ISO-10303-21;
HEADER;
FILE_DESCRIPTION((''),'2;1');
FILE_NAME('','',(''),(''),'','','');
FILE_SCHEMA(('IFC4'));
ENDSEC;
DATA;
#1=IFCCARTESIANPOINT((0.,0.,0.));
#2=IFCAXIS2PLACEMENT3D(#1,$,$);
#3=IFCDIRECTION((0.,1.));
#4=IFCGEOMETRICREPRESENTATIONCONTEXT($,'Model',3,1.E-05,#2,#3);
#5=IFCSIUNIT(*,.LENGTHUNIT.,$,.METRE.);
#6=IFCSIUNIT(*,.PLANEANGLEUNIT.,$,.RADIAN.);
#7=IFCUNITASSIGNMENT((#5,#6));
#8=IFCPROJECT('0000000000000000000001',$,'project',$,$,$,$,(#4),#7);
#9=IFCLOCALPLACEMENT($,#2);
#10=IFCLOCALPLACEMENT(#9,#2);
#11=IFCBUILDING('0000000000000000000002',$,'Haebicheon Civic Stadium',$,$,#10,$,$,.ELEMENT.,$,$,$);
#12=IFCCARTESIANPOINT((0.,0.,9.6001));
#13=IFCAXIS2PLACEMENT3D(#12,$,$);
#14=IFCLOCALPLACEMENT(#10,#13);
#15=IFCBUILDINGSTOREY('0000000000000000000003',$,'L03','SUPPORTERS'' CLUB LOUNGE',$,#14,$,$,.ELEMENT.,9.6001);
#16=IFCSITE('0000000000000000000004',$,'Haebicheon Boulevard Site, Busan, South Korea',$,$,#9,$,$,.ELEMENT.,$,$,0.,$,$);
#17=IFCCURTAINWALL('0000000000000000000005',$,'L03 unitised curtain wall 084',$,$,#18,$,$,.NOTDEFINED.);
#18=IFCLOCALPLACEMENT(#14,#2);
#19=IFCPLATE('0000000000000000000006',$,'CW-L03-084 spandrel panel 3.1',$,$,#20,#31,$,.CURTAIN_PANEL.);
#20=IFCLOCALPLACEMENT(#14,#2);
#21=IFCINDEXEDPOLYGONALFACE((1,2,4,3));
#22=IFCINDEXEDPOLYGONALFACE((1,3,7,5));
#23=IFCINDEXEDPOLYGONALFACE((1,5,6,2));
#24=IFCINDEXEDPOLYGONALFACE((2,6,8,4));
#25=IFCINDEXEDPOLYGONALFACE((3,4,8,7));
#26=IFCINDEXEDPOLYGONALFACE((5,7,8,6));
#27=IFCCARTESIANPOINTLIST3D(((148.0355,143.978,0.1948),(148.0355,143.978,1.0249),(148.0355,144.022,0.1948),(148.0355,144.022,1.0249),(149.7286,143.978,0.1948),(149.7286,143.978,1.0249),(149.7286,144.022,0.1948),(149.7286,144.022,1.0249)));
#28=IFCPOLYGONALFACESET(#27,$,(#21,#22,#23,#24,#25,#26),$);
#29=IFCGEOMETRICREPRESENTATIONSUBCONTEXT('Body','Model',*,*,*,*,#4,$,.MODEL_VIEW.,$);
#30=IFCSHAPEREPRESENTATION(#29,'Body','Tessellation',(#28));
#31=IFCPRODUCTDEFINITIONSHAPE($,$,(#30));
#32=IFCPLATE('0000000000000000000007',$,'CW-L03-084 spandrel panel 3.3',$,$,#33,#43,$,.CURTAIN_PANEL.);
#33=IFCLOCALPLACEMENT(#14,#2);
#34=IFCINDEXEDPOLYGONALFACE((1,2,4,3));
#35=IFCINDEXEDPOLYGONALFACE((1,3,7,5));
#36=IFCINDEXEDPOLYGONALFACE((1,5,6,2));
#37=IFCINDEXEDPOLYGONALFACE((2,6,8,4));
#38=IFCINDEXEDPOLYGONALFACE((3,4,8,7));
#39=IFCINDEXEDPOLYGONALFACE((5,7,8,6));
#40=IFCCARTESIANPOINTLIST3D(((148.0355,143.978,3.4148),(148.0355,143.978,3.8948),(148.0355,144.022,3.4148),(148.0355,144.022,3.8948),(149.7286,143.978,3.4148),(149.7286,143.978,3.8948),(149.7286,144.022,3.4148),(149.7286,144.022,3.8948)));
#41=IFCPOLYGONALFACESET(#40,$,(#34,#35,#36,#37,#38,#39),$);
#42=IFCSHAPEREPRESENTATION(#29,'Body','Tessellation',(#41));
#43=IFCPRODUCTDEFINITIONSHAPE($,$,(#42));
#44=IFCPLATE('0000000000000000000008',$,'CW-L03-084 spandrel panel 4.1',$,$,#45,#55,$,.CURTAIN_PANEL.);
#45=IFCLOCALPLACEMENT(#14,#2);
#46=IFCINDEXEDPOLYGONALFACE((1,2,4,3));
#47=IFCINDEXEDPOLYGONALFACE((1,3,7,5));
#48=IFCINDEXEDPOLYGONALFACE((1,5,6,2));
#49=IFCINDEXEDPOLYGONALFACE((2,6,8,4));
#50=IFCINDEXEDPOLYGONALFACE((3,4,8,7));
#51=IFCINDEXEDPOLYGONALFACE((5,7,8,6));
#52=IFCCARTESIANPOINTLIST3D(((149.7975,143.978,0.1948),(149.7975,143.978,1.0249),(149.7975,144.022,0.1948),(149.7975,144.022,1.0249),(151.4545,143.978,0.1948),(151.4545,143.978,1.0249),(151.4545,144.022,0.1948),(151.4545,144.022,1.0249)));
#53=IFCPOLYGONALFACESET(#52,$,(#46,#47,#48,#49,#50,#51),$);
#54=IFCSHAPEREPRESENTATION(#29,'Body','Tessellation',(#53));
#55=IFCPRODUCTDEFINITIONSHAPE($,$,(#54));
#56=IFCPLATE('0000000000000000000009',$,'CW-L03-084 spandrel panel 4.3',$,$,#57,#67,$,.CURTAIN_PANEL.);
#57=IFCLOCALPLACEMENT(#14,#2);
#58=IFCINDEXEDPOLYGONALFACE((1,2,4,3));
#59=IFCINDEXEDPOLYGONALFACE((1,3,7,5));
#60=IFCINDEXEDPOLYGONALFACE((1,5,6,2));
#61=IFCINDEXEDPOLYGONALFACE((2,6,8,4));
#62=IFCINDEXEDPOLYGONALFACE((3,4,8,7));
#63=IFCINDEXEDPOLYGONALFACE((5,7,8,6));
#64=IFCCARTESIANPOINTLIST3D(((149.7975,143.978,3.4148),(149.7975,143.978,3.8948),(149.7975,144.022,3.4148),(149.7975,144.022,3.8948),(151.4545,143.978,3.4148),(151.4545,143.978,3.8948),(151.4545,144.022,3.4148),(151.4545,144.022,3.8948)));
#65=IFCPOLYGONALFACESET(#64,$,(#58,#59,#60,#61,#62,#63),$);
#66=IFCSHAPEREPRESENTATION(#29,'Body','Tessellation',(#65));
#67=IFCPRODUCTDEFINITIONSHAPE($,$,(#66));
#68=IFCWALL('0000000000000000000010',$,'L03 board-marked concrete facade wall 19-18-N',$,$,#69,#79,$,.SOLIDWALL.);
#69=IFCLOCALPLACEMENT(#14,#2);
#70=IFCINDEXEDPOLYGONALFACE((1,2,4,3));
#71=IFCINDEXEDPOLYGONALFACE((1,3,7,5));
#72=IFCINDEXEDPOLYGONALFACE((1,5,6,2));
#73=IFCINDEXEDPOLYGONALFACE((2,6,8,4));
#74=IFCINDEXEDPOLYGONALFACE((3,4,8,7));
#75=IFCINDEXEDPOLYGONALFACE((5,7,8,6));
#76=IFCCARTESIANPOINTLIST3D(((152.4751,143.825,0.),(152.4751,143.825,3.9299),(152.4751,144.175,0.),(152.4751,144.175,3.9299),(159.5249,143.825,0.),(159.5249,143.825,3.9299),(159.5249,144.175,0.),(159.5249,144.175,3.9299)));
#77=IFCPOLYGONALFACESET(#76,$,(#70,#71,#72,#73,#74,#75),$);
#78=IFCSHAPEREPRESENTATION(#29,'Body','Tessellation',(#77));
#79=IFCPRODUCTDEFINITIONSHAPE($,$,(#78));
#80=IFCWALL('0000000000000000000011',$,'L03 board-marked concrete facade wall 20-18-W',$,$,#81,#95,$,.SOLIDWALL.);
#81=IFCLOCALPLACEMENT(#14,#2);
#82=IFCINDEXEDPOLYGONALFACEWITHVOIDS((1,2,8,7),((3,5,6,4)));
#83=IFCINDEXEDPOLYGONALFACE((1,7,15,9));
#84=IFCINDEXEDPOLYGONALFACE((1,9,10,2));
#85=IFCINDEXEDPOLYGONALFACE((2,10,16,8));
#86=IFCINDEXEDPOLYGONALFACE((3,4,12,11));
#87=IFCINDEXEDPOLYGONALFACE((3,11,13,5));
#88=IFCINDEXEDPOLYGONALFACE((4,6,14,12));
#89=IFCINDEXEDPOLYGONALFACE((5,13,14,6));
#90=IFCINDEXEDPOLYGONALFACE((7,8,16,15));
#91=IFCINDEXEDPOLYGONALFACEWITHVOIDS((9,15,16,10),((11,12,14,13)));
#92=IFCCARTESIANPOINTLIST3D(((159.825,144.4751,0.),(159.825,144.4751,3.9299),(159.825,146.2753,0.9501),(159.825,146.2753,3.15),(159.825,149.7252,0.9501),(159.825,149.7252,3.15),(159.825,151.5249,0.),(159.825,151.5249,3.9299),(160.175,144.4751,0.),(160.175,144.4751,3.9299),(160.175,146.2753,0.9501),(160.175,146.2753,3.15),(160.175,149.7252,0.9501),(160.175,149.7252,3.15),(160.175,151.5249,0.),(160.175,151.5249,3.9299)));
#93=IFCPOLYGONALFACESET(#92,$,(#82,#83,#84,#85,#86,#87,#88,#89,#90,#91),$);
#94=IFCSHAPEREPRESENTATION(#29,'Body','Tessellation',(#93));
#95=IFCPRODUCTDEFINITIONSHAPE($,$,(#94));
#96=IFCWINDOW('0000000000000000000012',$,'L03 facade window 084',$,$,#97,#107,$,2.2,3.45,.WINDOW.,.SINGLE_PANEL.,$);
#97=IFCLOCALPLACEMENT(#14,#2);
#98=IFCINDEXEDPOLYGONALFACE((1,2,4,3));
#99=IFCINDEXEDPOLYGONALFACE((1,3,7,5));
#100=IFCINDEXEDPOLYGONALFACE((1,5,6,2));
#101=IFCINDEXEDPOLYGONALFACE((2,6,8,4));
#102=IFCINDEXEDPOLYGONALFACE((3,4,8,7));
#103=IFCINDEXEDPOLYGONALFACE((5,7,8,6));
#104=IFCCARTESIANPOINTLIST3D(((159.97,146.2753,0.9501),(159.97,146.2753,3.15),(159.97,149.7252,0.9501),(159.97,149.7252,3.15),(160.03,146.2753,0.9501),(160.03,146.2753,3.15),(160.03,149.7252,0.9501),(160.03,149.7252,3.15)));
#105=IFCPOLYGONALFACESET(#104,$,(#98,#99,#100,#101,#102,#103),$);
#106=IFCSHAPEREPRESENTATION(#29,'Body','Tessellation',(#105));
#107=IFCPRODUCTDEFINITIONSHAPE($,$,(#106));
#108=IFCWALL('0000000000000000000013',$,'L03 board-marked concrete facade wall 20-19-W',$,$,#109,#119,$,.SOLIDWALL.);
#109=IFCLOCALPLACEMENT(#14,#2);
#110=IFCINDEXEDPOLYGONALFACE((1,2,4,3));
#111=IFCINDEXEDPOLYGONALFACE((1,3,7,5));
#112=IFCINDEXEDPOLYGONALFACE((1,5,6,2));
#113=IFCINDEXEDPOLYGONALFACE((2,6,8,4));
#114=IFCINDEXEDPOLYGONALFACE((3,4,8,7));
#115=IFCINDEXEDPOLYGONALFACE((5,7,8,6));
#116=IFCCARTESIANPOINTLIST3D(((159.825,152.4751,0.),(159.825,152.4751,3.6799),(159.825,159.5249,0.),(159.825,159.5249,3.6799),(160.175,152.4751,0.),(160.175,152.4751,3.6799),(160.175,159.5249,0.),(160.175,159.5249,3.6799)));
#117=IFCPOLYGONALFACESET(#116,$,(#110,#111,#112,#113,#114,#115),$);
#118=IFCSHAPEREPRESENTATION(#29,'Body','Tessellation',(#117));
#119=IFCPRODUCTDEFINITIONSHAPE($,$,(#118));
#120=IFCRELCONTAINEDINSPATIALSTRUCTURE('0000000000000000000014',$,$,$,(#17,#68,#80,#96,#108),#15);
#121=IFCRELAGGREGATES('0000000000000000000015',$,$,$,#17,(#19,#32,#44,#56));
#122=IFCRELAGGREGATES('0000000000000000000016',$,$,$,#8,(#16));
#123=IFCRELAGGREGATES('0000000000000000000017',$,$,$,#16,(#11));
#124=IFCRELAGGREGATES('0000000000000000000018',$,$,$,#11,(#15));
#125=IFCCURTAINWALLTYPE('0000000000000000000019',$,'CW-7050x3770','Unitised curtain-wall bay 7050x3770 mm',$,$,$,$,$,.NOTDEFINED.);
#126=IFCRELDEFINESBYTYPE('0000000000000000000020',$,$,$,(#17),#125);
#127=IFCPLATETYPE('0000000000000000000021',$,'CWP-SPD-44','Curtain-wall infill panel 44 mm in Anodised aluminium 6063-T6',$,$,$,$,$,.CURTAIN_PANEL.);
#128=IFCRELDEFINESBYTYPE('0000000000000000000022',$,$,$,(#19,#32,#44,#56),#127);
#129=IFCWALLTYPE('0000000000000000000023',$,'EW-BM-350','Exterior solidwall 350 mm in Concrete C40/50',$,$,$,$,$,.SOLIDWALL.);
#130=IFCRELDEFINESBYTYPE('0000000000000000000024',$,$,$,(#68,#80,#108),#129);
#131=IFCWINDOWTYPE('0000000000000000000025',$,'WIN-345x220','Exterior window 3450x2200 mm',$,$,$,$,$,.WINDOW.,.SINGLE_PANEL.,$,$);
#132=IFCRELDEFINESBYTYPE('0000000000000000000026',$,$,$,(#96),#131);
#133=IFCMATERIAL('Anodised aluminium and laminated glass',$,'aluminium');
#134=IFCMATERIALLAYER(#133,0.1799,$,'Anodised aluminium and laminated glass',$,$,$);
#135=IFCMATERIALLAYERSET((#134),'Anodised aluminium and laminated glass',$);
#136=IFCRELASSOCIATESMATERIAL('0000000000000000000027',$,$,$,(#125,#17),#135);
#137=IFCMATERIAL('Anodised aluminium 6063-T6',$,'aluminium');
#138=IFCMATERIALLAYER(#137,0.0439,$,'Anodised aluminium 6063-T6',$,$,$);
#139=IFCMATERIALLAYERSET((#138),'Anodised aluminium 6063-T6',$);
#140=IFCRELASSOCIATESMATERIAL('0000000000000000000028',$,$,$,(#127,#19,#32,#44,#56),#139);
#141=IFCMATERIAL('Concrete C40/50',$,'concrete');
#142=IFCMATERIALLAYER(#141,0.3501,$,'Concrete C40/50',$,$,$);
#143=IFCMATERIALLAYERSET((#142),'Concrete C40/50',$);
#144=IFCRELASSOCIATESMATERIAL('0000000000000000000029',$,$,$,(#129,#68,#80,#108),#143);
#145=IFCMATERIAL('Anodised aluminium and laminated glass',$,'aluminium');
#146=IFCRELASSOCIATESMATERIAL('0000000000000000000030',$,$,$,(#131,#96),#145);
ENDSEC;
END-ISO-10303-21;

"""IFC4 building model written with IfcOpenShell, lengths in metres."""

from ifc_helpers import new_model, si_unit, direction, frame, frame_2d, origin, origin_2d, place, context, subcontext, project, spatial, rectangle, extrude, material, layer, layer_set, type_object, element, fill, aggregate, save


model = new_model("IFC4")

# Units and contexts
model_context = context("Model", 3, precision=1e-05, world=origin(), true_north=direction((0.0, 1.0)))
body_context = subcontext(model_context, "Body", "Model", "MODEL_VIEW")
ifc_project = project(units=[si_unit("LENGTHUNIT", "METRE"), si_unit("PLANEANGLEUNIT", "RADIAN")], contexts=[model_context])

# Site, building, storey
site_placement = place(None, origin())
site = spatial("IfcSite", under=ifc_project, at=site_placement, Name="Haebicheon Boulevard Site, Busan, South Korea", CompositionType="ELEMENT", RefElevation=0.0)
building_placement = place(site_placement, origin())
building = spatial("IfcBuilding", under=site, at=building_placement, Name="Haebicheon Civic Stadium", CompositionType="ELEMENT")
storey_placement = place(building_placement, frame((0.0, 0.0, 9.6001)))
storey = spatial("IfcBuildingStorey", under=building, at=storey_placement, Name="L03", Description="SUPPORTERS' CLUB LOUNGE", CompositionType="ELEMENT", Elevation=9.6001)

# Curtain wall
ifc_material_1 = material(Name="Anodised aluminium and laminated glass", Category="aluminium")
ifc_layer_1 = layer(ifc_material_1, 0.1799, Name="Anodised aluminium and laminated glass")
ifc_layer_set_1 = layer_set([ifc_layer_1], Name="Anodised aluminium and laminated glass")
curtain_wall_type = type_object("IfcCurtainWallType", Name="CW-7050x3770", Description="Unitised curtain-wall bay 7050x3770 mm", PredefinedType="NOTDEFINED", material=ifc_layer_set_1)
curtain_wall_placement = place(storey_placement, origin())
curtain_wall = element("IfcCurtainWall", 1, at=curtain_wall_placement, inside=storey, type_object=curtain_wall_type, material=ifc_layer_set_1, Name="L03 unitised curtain wall 084", PredefinedType="NOTDEFINED")

# Plates
ifc_material_2 = material(Name="Anodised aluminium 6063-T6", Category="aluminium")
ifc_layer_2 = layer(ifc_material_2, 0.0439, Name="Anodised aluminium 6063-T6")
ifc_layer_set_2 = layer_set([ifc_layer_2], Name="Anodised aluminium 6063-T6")
plate_type_1 = type_object("IfcPlateType", Name="CWP-SPD-44", Description="Curtain-wall infill panel 44 mm in Anodised aluminium 6063-T6", PredefinedType="CURTAIN_PANEL", material=ifc_layer_set_2)
plate_1_placement = place(storey_placement, frame((148.8821, 144.0, 0.1948), z_axis=(0.0, 0.0, 1.0), x_axis=(1.0, 0.0, 0.0)))
plate_1 = element("IfcPlate", 2, at=plate_1_placement, type_object=plate_type_1, material=ifc_layer_set_2, Name="CW-L03-084 spandrel panel 3.1", PredefinedType="CURTAIN_PANEL", context=body_context, shape_type="SweptSolid", body=[
    extrude(rectangle(XDim=1.6931, YDim=0.0439, at=origin_2d()), origin(), (0.0, 0.0, 1.0), 0.8301),
])
plate_2_placement = place(storey_placement, frame((148.8821, 144.0, 3.4148), z_axis=(0.0, 0.0, 1.0), x_axis=(1.0, 0.0, 0.0)))
plate_2 = element("IfcPlate", 3, at=plate_2_placement, type_object=plate_type_1, material=ifc_layer_set_2, Name="CW-L03-084 spandrel panel 3.3", PredefinedType="CURTAIN_PANEL", context=body_context, shape_type="SweptSolid", body=[
    extrude(rectangle(XDim=1.6931, YDim=0.0439, at=origin_2d()), origin(), (0.0, 0.0, 1.0), 0.48),
])
plate_3_placement = place(storey_placement, frame((150.626, 144.0, 0.1948), z_axis=(0.0, 0.0, 1.0), x_axis=(1.0, 0.0, 0.0)))
plate_3 = element("IfcPlate", 4, at=plate_3_placement, type_object=plate_type_1, material=ifc_layer_set_2, Name="CW-L03-084 spandrel panel 4.1", PredefinedType="CURTAIN_PANEL", context=body_context, shape_type="SweptSolid", body=[
    extrude(rectangle(XDim=1.657, YDim=0.0439, at=origin_2d()), origin(), (0.0, 0.0, 1.0), 0.8301),
])
plate_4_placement = place(storey_placement, frame((150.626, 144.0, 3.4148), z_axis=(0.0, 0.0, 1.0), x_axis=(1.0, 0.0, 0.0)))
plate_4 = element("IfcPlate", 5, at=plate_4_placement, type_object=plate_type_1, material=ifc_layer_set_2, Name="CW-L03-084 spandrel panel 4.3", PredefinedType="CURTAIN_PANEL", context=body_context, shape_type="SweptSolid", body=[
    extrude(rectangle(XDim=1.657, YDim=0.0439, at=origin_2d()), origin(), (0.0, 0.0, 1.0), 0.48),
])
aggregate(curtain_wall, [plate_1, plate_2, plate_3, plate_4])

# Wall
ifc_material_3 = material(Name="Concrete C40/50", Category="concrete")
ifc_layer_3 = layer(ifc_material_3, 0.3501, Name="Concrete C40/50")
ifc_layer_set_3 = layer_set([ifc_layer_3], Name="Concrete C40/50")
wall_type = type_object("IfcWallType", Name="EW-BM-350", Description="Exterior solidwall 350 mm in Concrete C40/50", PredefinedType="SOLIDWALL", material=ifc_layer_set_3)
wall_1_placement = place(storey_placement, frame((152.4751, 144.0, 0.0), z_axis=(0.0, 0.0, 1.0), x_axis=(1.0, 0.0, 0.0)))
element("IfcWall", 6, at=wall_1_placement, inside=storey, type_object=wall_type, material=ifc_layer_set_3, Name="L03 board-marked concrete facade wall 19-18-N", PredefinedType="SOLIDWALL", context=body_context, shape_type="SweptSolid", body=[
    extrude(rectangle(XDim=7.0498, YDim=0.3501, at=frame_2d((3.5249, 0.0))), origin(), (0.0, 0.0, 1.0), 3.9299),
])

# Wall, opening, window
wall_2_placement = place(storey_placement, frame((160.0, 144.4751, 0.0), z_axis=(0.0, 0.0, 1.0), x_axis=(0.0, 1.0, 0.0)))
wall_2 = element("IfcWall", 7, at=wall_2_placement, inside=storey, type_object=wall_type, material=ifc_layer_set_3, Name="L03 board-marked concrete facade wall 20-18-W", PredefinedType="SOLIDWALL", context=body_context, shape_type="SweptSolid", body=[
    extrude(rectangle(XDim=7.0498, YDim=0.3501, at=frame_2d((3.5249, 0.0))), origin(), (0.0, 0.0, 1.0), 3.9299),
])
opening_placement = place(wall_2_placement, frame((1.8, 0.0, 0.95)))
opening = element("IfcOpeningElement", 8, at=opening_placement, cuts=wall_2, PredefinedType="OPENING", context=body_context, shape_type="SweptSolid", body=[
    extrude(rectangle(XDim=3.45, YDim=2.2, at=frame_2d((1.7251, 1.1001))), frame((0.0, 0.1851, 0.0), z_axis=(0.0, -1.0, 0.0), x_axis=(1.0, 0.0, 0.0)), (0.0, 0.0, 1.0), 0.3701),
])
ifc_material_4 = material(Name="Anodised aluminium and laminated glass", Category="aluminium")
window_type = type_object("IfcWindowType", Name="WIN-345x220", Description="Exterior window 3450x2200 mm", PartitioningType="SINGLE_PANEL", PredefinedType="WINDOW", material=ifc_material_4)
window_placement = place(opening_placement, origin())
window = element("IfcWindow", 9, at=window_placement, inside=storey, type_object=window_type, material=ifc_material_4, Name="L03 facade window 084", OverallHeight=2.2, OverallWidth=3.45, PartitioningType="SINGLE_PANEL", PredefinedType="WINDOW", context=body_context, shape_type="SweptSolid", body=[
    extrude(rectangle(XDim=3.45, YDim=2.2, at=frame_2d((1.7251, 1.1001))), frame((0.0, 0.03, 0.0), z_axis=(0.0, -1.0, 0.0), x_axis=(1.0, 0.0, 0.0)), (0.0, 0.0, 1.0), 0.0601),
])
fill(opening, window)

# Wall
wall_3_placement = place(storey_placement, frame((160.0, 152.4751, 0.0), z_axis=(0.0, 0.0, 1.0), x_axis=(0.0, 1.0, 0.0)))
element("IfcWall", 10, at=wall_3_placement, inside=storey, type_object=wall_type, material=ifc_layer_set_3, Name="L03 board-marked concrete facade wall 20-19-W", PredefinedType="SOLIDWALL", context=body_context, shape_type="SweptSolid", body=[
    extrude(rectangle(XDim=7.0498, YDim=0.3501, at=frame_2d((3.5249, 0.0))), origin(), (0.0, 0.0, 1.0), 3.6799),
])

save(model, "model.ifc")
